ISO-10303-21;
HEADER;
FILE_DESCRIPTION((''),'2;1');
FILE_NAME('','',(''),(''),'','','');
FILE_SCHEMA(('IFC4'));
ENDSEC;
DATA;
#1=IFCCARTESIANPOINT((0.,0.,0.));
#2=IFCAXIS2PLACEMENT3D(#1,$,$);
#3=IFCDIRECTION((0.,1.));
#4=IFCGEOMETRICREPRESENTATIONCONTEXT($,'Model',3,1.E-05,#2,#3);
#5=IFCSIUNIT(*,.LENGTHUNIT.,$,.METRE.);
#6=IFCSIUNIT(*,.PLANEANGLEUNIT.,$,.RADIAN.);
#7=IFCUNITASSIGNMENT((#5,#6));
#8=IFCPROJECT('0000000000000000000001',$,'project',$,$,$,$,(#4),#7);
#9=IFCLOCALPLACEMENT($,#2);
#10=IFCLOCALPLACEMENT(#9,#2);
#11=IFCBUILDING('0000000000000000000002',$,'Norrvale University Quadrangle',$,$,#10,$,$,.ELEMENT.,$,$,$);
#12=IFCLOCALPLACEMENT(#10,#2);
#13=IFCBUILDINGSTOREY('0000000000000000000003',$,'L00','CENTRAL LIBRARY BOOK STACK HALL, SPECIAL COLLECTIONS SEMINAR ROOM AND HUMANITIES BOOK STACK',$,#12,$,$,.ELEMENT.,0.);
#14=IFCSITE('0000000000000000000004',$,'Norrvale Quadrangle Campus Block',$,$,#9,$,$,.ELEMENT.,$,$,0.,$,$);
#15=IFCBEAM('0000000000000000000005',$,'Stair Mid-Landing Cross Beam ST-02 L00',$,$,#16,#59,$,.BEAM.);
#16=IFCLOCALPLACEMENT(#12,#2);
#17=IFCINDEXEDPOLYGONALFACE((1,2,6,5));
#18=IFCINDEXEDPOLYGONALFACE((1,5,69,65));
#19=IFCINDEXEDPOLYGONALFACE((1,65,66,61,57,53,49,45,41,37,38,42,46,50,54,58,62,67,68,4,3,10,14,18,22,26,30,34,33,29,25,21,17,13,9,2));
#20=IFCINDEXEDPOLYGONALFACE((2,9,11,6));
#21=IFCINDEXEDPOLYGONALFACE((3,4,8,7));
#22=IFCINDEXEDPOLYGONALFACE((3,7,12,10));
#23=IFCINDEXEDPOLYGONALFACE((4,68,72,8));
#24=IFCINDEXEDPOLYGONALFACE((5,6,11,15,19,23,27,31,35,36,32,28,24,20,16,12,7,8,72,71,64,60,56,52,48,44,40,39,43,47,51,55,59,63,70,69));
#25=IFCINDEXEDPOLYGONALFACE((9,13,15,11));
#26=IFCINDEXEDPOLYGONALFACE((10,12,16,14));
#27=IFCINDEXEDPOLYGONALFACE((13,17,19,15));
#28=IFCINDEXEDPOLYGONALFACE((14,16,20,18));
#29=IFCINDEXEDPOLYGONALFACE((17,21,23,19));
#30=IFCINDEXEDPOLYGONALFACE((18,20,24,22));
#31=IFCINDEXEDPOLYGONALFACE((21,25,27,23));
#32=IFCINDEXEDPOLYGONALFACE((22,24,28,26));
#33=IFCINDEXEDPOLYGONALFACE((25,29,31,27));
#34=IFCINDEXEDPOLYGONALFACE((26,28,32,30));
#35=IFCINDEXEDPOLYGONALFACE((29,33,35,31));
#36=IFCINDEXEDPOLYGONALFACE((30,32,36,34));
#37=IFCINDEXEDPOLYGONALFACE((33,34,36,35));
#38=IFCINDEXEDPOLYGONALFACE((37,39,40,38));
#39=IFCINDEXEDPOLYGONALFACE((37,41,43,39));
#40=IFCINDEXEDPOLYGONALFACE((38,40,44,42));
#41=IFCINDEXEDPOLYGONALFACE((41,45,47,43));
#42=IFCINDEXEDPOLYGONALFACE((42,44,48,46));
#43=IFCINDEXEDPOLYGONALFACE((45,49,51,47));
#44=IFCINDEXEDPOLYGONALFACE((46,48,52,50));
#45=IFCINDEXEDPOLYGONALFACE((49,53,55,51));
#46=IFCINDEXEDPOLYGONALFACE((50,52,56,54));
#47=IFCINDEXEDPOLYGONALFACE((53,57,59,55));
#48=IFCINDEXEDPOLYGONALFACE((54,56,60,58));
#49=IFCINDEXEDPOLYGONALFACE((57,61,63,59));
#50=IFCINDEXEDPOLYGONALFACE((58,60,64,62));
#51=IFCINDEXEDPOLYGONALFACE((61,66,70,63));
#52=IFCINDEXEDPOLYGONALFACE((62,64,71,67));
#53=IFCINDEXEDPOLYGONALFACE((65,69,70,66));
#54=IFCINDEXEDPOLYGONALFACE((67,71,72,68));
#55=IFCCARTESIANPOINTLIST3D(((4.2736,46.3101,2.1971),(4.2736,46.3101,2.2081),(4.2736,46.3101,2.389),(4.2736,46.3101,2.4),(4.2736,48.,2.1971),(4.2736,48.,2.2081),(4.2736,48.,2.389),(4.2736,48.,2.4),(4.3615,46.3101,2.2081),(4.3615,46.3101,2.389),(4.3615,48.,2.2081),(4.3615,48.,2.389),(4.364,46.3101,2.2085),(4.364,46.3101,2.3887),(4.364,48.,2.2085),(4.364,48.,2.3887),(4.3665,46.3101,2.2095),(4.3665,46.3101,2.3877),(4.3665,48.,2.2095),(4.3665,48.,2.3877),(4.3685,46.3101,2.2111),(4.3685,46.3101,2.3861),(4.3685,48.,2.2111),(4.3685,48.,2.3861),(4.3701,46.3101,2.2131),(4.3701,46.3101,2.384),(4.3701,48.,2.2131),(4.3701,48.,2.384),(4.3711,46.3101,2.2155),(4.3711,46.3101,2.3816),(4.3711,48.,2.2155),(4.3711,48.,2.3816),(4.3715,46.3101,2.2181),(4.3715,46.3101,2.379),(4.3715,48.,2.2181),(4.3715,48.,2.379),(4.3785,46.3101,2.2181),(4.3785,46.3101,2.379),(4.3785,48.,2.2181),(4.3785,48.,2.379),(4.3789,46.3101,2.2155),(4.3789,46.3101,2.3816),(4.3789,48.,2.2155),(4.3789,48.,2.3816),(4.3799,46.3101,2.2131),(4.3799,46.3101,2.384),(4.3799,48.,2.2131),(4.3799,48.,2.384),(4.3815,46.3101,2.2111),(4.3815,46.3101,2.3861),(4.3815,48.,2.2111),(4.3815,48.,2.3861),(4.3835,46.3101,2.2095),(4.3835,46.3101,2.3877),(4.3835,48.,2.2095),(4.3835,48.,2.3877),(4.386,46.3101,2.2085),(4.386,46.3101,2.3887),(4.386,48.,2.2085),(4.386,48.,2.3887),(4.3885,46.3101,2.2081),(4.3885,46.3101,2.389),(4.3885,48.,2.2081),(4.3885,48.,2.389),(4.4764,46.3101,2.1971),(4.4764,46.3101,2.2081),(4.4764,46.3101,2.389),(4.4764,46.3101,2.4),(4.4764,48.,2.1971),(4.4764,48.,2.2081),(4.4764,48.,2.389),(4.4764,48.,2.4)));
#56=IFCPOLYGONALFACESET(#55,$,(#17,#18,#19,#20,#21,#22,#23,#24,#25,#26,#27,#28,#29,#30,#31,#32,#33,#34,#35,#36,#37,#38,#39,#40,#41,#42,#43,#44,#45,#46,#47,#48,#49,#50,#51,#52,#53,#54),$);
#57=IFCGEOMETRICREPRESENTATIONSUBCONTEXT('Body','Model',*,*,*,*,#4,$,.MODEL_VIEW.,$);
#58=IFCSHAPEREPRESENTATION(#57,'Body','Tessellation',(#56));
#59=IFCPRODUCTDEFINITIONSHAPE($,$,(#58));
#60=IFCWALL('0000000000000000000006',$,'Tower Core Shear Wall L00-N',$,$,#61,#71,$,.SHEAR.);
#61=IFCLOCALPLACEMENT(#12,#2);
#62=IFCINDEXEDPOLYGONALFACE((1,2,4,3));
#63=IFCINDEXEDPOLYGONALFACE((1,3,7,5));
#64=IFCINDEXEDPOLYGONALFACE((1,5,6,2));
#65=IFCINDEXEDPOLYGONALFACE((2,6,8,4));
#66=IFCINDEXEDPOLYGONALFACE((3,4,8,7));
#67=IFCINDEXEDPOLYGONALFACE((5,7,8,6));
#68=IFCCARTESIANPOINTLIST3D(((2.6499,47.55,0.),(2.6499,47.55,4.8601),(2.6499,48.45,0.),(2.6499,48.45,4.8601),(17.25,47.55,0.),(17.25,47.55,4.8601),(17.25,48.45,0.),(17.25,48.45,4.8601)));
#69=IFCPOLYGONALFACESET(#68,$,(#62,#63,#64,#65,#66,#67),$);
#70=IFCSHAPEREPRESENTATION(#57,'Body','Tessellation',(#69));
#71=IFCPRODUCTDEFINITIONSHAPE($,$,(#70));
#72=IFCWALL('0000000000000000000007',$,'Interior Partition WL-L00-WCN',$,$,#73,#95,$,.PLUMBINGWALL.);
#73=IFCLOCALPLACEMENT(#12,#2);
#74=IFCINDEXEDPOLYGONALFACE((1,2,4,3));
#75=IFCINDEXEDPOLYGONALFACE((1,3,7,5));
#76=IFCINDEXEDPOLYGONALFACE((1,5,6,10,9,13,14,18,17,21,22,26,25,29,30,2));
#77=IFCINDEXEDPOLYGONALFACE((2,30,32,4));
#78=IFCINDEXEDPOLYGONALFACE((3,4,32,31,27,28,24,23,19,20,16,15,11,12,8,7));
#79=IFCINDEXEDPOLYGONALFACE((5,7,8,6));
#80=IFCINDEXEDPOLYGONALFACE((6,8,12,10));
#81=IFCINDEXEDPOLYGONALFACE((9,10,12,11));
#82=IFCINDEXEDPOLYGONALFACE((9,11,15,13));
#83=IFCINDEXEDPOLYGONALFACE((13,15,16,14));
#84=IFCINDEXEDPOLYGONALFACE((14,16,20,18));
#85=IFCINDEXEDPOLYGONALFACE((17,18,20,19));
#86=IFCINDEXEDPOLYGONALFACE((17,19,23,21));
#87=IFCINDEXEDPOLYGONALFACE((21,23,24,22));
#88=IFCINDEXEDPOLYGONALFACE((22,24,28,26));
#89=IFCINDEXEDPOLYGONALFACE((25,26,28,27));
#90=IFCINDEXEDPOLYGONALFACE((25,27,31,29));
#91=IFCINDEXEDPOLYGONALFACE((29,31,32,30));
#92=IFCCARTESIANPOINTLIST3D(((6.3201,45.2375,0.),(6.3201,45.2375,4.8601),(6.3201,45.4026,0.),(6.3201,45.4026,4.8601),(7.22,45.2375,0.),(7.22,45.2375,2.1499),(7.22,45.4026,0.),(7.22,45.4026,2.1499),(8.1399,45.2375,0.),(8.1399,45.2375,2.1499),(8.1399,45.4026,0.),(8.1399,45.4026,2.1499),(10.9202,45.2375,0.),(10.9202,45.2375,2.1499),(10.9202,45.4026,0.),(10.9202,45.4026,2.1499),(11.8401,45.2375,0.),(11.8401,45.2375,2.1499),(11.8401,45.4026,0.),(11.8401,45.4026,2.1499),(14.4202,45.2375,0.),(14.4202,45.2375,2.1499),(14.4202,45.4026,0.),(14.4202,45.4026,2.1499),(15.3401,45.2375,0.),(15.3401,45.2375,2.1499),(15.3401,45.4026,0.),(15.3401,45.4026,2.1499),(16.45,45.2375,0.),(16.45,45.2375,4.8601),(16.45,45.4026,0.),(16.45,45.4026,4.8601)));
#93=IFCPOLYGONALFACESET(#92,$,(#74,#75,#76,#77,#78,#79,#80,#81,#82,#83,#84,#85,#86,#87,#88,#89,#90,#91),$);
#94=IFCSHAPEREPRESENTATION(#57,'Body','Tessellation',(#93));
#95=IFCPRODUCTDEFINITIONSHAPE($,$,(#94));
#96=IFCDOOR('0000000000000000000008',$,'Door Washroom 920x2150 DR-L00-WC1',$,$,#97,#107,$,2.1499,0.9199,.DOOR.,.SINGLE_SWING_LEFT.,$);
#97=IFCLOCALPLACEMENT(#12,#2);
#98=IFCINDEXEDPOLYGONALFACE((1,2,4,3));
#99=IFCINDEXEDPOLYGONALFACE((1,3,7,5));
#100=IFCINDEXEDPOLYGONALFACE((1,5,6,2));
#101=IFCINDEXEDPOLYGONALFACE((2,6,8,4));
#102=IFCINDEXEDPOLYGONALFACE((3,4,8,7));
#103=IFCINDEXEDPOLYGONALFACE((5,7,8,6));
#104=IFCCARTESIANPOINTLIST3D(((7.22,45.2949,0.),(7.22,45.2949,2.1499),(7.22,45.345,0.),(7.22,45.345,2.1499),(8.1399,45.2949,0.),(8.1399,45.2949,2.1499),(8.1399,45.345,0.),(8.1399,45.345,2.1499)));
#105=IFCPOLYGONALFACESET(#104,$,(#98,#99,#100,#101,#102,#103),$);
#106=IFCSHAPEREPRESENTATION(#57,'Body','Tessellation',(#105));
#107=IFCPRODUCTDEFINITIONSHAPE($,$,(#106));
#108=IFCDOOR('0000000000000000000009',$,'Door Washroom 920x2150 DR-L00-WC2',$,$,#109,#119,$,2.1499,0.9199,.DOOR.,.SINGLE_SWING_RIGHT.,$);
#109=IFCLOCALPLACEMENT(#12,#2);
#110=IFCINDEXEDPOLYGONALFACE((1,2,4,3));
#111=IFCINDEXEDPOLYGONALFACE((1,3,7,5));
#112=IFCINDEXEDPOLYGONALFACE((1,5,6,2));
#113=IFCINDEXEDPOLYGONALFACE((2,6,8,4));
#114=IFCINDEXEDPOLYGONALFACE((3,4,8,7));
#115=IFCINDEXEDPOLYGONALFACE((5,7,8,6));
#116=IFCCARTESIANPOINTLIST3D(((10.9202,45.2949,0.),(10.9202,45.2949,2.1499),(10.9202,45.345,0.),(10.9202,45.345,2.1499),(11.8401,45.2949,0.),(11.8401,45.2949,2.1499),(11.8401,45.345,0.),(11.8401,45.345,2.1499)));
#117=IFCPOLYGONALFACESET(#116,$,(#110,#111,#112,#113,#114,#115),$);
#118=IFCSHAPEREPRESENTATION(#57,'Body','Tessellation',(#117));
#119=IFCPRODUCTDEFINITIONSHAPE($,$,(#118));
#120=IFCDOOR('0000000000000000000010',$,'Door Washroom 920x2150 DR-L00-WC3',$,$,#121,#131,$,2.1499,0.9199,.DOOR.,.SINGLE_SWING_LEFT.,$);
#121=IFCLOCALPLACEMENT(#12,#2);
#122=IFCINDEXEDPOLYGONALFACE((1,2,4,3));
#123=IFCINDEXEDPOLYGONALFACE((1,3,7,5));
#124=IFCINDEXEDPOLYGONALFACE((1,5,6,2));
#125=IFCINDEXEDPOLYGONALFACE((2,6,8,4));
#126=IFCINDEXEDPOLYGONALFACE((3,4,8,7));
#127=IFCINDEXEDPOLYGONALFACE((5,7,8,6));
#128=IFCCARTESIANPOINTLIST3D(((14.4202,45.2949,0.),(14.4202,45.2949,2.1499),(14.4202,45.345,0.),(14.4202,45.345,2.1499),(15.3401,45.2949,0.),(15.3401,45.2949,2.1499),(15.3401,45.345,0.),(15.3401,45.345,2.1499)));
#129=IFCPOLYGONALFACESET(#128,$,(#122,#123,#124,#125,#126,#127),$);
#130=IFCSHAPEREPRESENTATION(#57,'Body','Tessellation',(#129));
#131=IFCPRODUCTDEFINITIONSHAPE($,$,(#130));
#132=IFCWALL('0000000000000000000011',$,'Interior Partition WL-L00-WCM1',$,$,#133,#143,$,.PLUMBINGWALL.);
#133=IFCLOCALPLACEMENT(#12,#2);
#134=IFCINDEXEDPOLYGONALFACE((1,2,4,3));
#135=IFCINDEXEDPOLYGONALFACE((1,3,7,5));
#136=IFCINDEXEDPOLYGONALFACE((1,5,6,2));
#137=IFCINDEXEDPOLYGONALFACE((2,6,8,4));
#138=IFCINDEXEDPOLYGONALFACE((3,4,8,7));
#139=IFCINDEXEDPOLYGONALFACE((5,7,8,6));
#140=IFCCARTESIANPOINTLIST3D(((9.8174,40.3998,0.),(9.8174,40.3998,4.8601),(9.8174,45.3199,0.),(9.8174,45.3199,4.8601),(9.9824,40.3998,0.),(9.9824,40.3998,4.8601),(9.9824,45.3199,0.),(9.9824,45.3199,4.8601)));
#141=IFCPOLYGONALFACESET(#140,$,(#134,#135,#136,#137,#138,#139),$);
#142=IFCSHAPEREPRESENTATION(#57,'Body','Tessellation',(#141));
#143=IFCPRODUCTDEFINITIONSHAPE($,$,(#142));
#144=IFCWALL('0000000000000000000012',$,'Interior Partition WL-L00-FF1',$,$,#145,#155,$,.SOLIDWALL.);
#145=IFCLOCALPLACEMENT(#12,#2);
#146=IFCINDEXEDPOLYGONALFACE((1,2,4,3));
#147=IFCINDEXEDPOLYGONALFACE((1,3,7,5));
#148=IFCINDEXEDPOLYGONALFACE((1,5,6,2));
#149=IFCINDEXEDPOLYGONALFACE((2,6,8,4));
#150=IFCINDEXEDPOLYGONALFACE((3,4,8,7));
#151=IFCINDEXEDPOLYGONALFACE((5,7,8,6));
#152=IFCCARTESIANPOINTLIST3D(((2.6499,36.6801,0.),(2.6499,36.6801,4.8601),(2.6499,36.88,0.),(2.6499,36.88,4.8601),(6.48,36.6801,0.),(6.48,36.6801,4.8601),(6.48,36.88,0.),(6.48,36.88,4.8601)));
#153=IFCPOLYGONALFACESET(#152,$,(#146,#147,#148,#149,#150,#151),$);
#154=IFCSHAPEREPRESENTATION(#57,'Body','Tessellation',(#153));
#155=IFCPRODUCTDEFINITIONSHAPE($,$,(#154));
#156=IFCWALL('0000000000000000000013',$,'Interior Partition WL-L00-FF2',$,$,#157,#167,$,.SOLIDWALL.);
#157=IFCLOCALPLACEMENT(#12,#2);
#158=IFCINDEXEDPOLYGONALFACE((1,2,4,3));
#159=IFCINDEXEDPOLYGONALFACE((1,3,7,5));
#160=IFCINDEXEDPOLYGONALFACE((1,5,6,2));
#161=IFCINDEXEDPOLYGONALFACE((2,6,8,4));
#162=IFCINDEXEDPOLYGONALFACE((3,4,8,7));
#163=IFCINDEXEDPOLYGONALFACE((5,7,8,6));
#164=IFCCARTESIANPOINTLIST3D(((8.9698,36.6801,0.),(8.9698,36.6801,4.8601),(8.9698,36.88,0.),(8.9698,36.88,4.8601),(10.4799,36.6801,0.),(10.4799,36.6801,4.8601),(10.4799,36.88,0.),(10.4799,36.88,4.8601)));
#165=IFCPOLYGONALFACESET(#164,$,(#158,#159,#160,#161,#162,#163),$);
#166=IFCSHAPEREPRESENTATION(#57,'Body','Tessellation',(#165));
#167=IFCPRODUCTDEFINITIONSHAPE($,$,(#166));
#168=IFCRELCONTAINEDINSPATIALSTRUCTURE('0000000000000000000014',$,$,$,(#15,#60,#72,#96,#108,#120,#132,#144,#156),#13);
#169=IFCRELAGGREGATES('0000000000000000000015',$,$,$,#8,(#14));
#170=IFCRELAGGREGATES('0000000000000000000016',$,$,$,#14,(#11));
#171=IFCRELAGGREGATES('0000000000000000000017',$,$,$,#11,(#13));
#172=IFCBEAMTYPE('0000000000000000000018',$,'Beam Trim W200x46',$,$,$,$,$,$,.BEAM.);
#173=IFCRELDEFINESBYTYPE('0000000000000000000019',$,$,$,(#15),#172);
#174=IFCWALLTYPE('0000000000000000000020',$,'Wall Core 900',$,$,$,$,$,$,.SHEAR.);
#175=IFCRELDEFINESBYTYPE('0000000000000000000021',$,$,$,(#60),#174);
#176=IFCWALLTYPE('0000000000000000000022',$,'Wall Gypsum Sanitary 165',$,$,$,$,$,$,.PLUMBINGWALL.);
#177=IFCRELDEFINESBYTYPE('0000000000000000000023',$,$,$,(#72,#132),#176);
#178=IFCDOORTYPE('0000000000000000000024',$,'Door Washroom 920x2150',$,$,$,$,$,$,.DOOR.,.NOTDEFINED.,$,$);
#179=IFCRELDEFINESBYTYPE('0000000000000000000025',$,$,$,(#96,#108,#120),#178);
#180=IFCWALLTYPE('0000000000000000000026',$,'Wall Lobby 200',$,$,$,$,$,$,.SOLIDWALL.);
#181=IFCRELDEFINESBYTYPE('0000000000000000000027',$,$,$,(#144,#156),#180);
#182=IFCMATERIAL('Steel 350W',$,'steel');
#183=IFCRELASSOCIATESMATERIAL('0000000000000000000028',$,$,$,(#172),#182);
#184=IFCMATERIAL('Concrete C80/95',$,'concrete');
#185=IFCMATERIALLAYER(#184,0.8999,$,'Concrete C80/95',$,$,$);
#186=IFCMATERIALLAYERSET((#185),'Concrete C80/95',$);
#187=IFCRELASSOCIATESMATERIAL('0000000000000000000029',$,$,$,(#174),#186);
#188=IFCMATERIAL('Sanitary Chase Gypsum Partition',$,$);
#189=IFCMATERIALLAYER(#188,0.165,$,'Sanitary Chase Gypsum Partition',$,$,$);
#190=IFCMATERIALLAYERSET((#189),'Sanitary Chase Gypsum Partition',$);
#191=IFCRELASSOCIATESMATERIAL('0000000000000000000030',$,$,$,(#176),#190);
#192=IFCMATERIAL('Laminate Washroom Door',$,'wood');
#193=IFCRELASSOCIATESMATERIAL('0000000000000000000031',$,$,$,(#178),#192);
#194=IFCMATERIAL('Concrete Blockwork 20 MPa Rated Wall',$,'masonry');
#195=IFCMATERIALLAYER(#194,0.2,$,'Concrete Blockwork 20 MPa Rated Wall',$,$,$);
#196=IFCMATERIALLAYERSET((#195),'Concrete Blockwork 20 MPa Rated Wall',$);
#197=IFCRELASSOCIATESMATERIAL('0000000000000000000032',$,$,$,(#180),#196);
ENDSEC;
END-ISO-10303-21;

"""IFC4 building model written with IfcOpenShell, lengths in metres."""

from ifc_helpers import new_model, si_unit, direction, frame, frame_2d, origin, origin_2d, place, context, subcontext, project, spatial, rectangle, i_section, extrude, material, layer, layer_set, material_profile, profile_set, type_object, element, fill, save


model = new_model("IFC4")

# Units and contexts
model_context = context("Model", 3, precision=1e-05, world=origin(), true_north=direction((0.0, 1.0)))
body_context = subcontext(model_context, "Body", "Model", "MODEL_VIEW")
ifc_project = project(units=[si_unit("LENGTHUNIT", "METRE"), si_unit("PLANEANGLEUNIT", "RADIAN")], contexts=[model_context])

# Site, building, storey
site_placement = place(None, origin())
site = spatial("IfcSite", under=ifc_project, at=site_placement, Name="Norrvale Quadrangle Campus Block", CompositionType="ELEMENT", RefElevation=0.0)
building_placement = place(site_placement, origin())
building = spatial("IfcBuilding", under=site, at=building_placement, Name="Norrvale University Quadrangle", CompositionType="ELEMENT")
storey_placement = place(building_placement, origin())
storey = spatial("IfcBuildingStorey", under=building, at=storey_placement, Name="L00", Description="CENTRAL LIBRARY BOOK STACK HALL, SPECIAL COLLECTIONS SEMINAR ROOM AND HUMANITIES BOOK STACK", CompositionType="ELEMENT", Elevation=0.0)

# Shared definitions
ifc_material_1 = material(Name="Concrete C80/95", Category="concrete")

# Beam
ifc_material_2 = material(Name="Steel 350W", Category="steel")
ifc_material_profile_1 = material_profile(ifc_material_2, i_section(OverallWidth=0.2029, OverallDepth=0.2029, WebThickness=0.0071, FlangeThickness=0.011, FilletRadius=0.01, at=origin_2d()), Name="Steel 350W")
ifc_profile_set_1 = profile_set([ifc_material_profile_1], Name="Steel 350W")
beam_type_1 = type_object("IfcBeamType", Name="Beam Trim W200x46", PredefinedType="BEAM", material=ifc_profile_set_1)
beam_1_placement = place(storey_placement, frame((4.375, 46.3101, 2.2986), z_axis=(0.0, 1.0, 0.0), x_axis=(-1.0, 0.0, 0.0)))
element("IfcBeam", 1, at=beam_1_placement, inside=storey, type_object=beam_type_1, Name="Stair Mid-Landing Cross Beam ST-02 L00", PredefinedType="BEAM", context=body_context, shape_type="SweptSolid", body=[
    extrude(i_section(OverallWidth=0.2029, OverallDepth=0.2029, WebThickness=0.0071, FlangeThickness=0.011, FilletRadius=0.01, at=origin_2d()), origin(), (0.0, 0.0, 1.0), 1.6899),
])

# Wall
ifc_layer_1 = layer(ifc_material_1, 0.8999, Name="Concrete C80/95")
ifc_layer_set_1 = layer_set([ifc_layer_1], Name="Concrete C80/95")
wall_type_1 = type_object("IfcWallType", Name="Wall Core 900", PredefinedType="SHEAR", material=ifc_layer_set_1)
wall_1_placement = place(storey_placement, frame((2.6499, 48.0, 0.0), z_axis=(0.0, 0.0, 1.0), x_axis=(1.0, 0.0, 0.0)))
element("IfcWall", 2, at=wall_1_placement, inside=storey, type_object=wall_type_1, Name="Tower Core Shear Wall L00-N", PredefinedType="SHEAR", context=body_context, shape_type="SweptSolid", body=[
    extrude(rectangle(XDim=14.6001, YDim=0.8999, at=frame_2d((7.3, 0.0))), origin(), (0.0, 0.0, 1.0), 4.8601),
])

# Wall, openings, doors
ifc_material_3 = material(Name="Sanitary Chase Gypsum Partition")
ifc_layer_2 = layer(ifc_material_3, 0.165, Name="Sanitary Chase Gypsum Partition")
ifc_layer_set_2 = layer_set([ifc_layer_2], Name="Sanitary Chase Gypsum Partition")
wall_type_2 = type_object("IfcWallType", Name="Wall Gypsum Sanitary 165", PredefinedType="PLUMBINGWALL", material=ifc_layer_set_2)
wall_2_placement = place(storey_placement, frame((6.3201, 45.3201, 0.0), z_axis=(0.0, 0.0, 1.0), x_axis=(1.0, 0.0, 0.0)))
wall_2 = element("IfcWall", 3, at=wall_2_placement, inside=storey, type_object=wall_type_2, Name="Interior Partition WL-L00-WCN", PredefinedType="PLUMBINGWALL", context=body_context, shape_type="SweptSolid", body=[
    extrude(rectangle(XDim=10.1299, YDim=0.165, at=frame_2d((5.0649, 0.0))), origin(), (0.0, 0.0, 1.0), 4.8601),
])
opening_1_placement = place(wall_2_placement, frame((0.8999, 0.0, 0.0)))
opening_1 = element("IfcOpeningElement", 4, at=opening_1_placement, cuts=wall_2, PredefinedType="OPENING", context=body_context, shape_type="SweptSolid", body=[
    extrude(rectangle(XDim=0.9199, YDim=2.1499, at=frame_2d((0.46, 1.075))), frame((0.0, 0.0945, 0.0), z_axis=(0.0, -1.0, 0.0), x_axis=(1.0, 0.0, 0.0)), (0.0, 0.0, 1.0), 0.189),
])
opening_2_placement = place(wall_2_placement, frame((4.6001, 0.0, 0.0)))
opening_2 = element("IfcOpeningElement", 5, at=opening_2_placement, cuts=wall_2, PredefinedType="OPENING", context=body_context, shape_type="SweptSolid", body=[
    extrude(rectangle(XDim=0.9199, YDim=2.1499, at=frame_2d((0.46, 1.075))), frame((0.0, 0.0945, 0.0), z_axis=(0.0, -1.0, 0.0), x_axis=(1.0, 0.0, 0.0)), (0.0, 0.0, 1.0), 0.189),
])
opening_3_placement = place(wall_2_placement, frame((8.1001, 0.0, 0.0)))
opening_3 = element("IfcOpeningElement", 6, at=opening_3_placement, cuts=wall_2, PredefinedType="OPENING", context=body_context, shape_type="SweptSolid", body=[
    extrude(rectangle(XDim=0.9199, YDim=2.1499, at=frame_2d((0.46, 1.075))), frame((0.0, 0.0945, 0.0), z_axis=(0.0, -1.0, 0.0), x_axis=(1.0, 0.0, 0.0)), (0.0, 0.0, 1.0), 0.189),
])
ifc_material_4 = material(Name="Laminate Washroom Door", Category="wood")
door_type_1 = type_object("IfcDoorType", Name="Door Washroom 920x2150", OperationType="NOTDEFINED", PredefinedType="DOOR", material=ifc_material_4)
door_1_placement = place(opening_1_placement, origin())
door_1 = element("IfcDoor", 7, at=door_1_placement, inside=storey, type_object=door_type_1, Name="Door Washroom 920x2150 DR-L00-WC1", OperationType="SINGLE_SWING_LEFT", OverallHeight=2.1499, OverallWidth=0.9199, PredefinedType="DOOR", context=body_context, shape_type="SweptSolid", body=[
    extrude(rectangle(XDim=0.9199, YDim=2.1499, at=frame_2d((0.46, 1.075))), frame((0.0, 0.0249, 0.0), z_axis=(0.0, -1.0, 0.0), x_axis=(1.0, 0.0, 0.0)), (0.0, 0.0, 1.0), 0.05),
])
fill(opening_1, door_1)
door_2_placement = place(opening_2_placement, origin())
door_2 = element("IfcDoor", 8, at=door_2_placement, inside=storey, type_object=door_type_1, Name="Door Washroom 920x2150 DR-L00-WC2", OperationType="SINGLE_SWING_RIGHT", OverallHeight=2.1499, OverallWidth=0.9199, PredefinedType="DOOR", context=body_context, shape_type="SweptSolid", body=[
    extrude(rectangle(XDim=0.9199, YDim=2.1499, at=frame_2d((0.46, 1.075))), frame((0.0, 0.0249, 0.0), z_axis=(0.0, -1.0, 0.0), x_axis=(1.0, 0.0, 0.0)), (0.0, 0.0, 1.0), 0.05),
])
fill(opening_2, door_2)
door_3_placement = place(opening_3_placement, origin())
door_3 = element("IfcDoor", 9, at=door_3_placement, inside=storey, type_object=door_type_1, Name="Door Washroom 920x2150 DR-L00-WC3", OperationType="SINGLE_SWING_LEFT", OverallHeight=2.1499, OverallWidth=0.9199, PredefinedType="DOOR", context=body_context, shape_type="SweptSolid", body=[
    extrude(rectangle(XDim=0.9199, YDim=2.1499, at=frame_2d((0.46, 1.075))), frame((0.0, 0.0249, 0.0), z_axis=(0.0, -1.0, 0.0), x_axis=(1.0, 0.0, 0.0)), (0.0, 0.0, 1.0), 0.05),
])
fill(opening_3, door_3)

# Walls
wall_3_placement = place(storey_placement, frame((9.8999, 40.3999, 0.0), z_axis=(0.0, 0.0, 1.0), x_axis=(0.0, 1.0, 0.0)))
element("IfcWall", 10, at=wall_3_placement, inside=storey, type_object=wall_type_2, Name="Interior Partition WL-L00-WCM1", PredefinedType="PLUMBINGWALL", context=body_context, shape_type="SweptSolid", body=[
    extrude(rectangle(XDim=4.9202, YDim=0.165, at=frame_2d((2.46, 0.0))), origin(), (0.0, 0.0, 1.0), 4.8601),
])
ifc_material_5 = material(Name="Concrete Blockwork 20 MPa Rated Wall", Category="masonry")
ifc_layer_3 = layer(ifc_material_5, 0.2, Name="Concrete Blockwork 20 MPa Rated Wall")
ifc_layer_set_3 = layer_set([ifc_layer_3], Name="Concrete Blockwork 20 MPa Rated Wall")
wall_type_3 = type_object("IfcWallType", Name="Wall Lobby 200", PredefinedType="SOLIDWALL", material=ifc_layer_set_3)
wall_4_placement = place(storey_placement, frame((2.6499, 36.78, 0.0), z_axis=(0.0, 0.0, 1.0), x_axis=(1.0, 0.0, 0.0)))
element("IfcWall", 11, at=wall_4_placement, inside=storey, type_object=wall_type_3, Name="Interior Partition WL-L00-FF1", PredefinedType="SOLIDWALL", context=body_context, shape_type="SweptSolid", body=[
    extrude(rectangle(XDim=3.8301, YDim=0.2, at=frame_2d((1.915, 0.0))), origin(), (0.0, 0.0, 1.0), 4.8601),
])
wall_5_placement = place(storey_placement, frame((8.97, 36.78, 0.0), z_axis=(0.0, 0.0, 1.0), x_axis=(1.0, 0.0, 0.0)))
element("IfcWall", 12, at=wall_5_placement, inside=storey, type_object=wall_type_3, Name="Interior Partition WL-L00-FF2", PredefinedType="SOLIDWALL", context=body_context, shape_type="SweptSolid", body=[
    extrude(rectangle(XDim=1.51, YDim=0.2, at=frame_2d((0.7549, 0.0))), origin(), (0.0, 0.0, 1.0), 4.8601),
])

save(model, "model.ifc")
